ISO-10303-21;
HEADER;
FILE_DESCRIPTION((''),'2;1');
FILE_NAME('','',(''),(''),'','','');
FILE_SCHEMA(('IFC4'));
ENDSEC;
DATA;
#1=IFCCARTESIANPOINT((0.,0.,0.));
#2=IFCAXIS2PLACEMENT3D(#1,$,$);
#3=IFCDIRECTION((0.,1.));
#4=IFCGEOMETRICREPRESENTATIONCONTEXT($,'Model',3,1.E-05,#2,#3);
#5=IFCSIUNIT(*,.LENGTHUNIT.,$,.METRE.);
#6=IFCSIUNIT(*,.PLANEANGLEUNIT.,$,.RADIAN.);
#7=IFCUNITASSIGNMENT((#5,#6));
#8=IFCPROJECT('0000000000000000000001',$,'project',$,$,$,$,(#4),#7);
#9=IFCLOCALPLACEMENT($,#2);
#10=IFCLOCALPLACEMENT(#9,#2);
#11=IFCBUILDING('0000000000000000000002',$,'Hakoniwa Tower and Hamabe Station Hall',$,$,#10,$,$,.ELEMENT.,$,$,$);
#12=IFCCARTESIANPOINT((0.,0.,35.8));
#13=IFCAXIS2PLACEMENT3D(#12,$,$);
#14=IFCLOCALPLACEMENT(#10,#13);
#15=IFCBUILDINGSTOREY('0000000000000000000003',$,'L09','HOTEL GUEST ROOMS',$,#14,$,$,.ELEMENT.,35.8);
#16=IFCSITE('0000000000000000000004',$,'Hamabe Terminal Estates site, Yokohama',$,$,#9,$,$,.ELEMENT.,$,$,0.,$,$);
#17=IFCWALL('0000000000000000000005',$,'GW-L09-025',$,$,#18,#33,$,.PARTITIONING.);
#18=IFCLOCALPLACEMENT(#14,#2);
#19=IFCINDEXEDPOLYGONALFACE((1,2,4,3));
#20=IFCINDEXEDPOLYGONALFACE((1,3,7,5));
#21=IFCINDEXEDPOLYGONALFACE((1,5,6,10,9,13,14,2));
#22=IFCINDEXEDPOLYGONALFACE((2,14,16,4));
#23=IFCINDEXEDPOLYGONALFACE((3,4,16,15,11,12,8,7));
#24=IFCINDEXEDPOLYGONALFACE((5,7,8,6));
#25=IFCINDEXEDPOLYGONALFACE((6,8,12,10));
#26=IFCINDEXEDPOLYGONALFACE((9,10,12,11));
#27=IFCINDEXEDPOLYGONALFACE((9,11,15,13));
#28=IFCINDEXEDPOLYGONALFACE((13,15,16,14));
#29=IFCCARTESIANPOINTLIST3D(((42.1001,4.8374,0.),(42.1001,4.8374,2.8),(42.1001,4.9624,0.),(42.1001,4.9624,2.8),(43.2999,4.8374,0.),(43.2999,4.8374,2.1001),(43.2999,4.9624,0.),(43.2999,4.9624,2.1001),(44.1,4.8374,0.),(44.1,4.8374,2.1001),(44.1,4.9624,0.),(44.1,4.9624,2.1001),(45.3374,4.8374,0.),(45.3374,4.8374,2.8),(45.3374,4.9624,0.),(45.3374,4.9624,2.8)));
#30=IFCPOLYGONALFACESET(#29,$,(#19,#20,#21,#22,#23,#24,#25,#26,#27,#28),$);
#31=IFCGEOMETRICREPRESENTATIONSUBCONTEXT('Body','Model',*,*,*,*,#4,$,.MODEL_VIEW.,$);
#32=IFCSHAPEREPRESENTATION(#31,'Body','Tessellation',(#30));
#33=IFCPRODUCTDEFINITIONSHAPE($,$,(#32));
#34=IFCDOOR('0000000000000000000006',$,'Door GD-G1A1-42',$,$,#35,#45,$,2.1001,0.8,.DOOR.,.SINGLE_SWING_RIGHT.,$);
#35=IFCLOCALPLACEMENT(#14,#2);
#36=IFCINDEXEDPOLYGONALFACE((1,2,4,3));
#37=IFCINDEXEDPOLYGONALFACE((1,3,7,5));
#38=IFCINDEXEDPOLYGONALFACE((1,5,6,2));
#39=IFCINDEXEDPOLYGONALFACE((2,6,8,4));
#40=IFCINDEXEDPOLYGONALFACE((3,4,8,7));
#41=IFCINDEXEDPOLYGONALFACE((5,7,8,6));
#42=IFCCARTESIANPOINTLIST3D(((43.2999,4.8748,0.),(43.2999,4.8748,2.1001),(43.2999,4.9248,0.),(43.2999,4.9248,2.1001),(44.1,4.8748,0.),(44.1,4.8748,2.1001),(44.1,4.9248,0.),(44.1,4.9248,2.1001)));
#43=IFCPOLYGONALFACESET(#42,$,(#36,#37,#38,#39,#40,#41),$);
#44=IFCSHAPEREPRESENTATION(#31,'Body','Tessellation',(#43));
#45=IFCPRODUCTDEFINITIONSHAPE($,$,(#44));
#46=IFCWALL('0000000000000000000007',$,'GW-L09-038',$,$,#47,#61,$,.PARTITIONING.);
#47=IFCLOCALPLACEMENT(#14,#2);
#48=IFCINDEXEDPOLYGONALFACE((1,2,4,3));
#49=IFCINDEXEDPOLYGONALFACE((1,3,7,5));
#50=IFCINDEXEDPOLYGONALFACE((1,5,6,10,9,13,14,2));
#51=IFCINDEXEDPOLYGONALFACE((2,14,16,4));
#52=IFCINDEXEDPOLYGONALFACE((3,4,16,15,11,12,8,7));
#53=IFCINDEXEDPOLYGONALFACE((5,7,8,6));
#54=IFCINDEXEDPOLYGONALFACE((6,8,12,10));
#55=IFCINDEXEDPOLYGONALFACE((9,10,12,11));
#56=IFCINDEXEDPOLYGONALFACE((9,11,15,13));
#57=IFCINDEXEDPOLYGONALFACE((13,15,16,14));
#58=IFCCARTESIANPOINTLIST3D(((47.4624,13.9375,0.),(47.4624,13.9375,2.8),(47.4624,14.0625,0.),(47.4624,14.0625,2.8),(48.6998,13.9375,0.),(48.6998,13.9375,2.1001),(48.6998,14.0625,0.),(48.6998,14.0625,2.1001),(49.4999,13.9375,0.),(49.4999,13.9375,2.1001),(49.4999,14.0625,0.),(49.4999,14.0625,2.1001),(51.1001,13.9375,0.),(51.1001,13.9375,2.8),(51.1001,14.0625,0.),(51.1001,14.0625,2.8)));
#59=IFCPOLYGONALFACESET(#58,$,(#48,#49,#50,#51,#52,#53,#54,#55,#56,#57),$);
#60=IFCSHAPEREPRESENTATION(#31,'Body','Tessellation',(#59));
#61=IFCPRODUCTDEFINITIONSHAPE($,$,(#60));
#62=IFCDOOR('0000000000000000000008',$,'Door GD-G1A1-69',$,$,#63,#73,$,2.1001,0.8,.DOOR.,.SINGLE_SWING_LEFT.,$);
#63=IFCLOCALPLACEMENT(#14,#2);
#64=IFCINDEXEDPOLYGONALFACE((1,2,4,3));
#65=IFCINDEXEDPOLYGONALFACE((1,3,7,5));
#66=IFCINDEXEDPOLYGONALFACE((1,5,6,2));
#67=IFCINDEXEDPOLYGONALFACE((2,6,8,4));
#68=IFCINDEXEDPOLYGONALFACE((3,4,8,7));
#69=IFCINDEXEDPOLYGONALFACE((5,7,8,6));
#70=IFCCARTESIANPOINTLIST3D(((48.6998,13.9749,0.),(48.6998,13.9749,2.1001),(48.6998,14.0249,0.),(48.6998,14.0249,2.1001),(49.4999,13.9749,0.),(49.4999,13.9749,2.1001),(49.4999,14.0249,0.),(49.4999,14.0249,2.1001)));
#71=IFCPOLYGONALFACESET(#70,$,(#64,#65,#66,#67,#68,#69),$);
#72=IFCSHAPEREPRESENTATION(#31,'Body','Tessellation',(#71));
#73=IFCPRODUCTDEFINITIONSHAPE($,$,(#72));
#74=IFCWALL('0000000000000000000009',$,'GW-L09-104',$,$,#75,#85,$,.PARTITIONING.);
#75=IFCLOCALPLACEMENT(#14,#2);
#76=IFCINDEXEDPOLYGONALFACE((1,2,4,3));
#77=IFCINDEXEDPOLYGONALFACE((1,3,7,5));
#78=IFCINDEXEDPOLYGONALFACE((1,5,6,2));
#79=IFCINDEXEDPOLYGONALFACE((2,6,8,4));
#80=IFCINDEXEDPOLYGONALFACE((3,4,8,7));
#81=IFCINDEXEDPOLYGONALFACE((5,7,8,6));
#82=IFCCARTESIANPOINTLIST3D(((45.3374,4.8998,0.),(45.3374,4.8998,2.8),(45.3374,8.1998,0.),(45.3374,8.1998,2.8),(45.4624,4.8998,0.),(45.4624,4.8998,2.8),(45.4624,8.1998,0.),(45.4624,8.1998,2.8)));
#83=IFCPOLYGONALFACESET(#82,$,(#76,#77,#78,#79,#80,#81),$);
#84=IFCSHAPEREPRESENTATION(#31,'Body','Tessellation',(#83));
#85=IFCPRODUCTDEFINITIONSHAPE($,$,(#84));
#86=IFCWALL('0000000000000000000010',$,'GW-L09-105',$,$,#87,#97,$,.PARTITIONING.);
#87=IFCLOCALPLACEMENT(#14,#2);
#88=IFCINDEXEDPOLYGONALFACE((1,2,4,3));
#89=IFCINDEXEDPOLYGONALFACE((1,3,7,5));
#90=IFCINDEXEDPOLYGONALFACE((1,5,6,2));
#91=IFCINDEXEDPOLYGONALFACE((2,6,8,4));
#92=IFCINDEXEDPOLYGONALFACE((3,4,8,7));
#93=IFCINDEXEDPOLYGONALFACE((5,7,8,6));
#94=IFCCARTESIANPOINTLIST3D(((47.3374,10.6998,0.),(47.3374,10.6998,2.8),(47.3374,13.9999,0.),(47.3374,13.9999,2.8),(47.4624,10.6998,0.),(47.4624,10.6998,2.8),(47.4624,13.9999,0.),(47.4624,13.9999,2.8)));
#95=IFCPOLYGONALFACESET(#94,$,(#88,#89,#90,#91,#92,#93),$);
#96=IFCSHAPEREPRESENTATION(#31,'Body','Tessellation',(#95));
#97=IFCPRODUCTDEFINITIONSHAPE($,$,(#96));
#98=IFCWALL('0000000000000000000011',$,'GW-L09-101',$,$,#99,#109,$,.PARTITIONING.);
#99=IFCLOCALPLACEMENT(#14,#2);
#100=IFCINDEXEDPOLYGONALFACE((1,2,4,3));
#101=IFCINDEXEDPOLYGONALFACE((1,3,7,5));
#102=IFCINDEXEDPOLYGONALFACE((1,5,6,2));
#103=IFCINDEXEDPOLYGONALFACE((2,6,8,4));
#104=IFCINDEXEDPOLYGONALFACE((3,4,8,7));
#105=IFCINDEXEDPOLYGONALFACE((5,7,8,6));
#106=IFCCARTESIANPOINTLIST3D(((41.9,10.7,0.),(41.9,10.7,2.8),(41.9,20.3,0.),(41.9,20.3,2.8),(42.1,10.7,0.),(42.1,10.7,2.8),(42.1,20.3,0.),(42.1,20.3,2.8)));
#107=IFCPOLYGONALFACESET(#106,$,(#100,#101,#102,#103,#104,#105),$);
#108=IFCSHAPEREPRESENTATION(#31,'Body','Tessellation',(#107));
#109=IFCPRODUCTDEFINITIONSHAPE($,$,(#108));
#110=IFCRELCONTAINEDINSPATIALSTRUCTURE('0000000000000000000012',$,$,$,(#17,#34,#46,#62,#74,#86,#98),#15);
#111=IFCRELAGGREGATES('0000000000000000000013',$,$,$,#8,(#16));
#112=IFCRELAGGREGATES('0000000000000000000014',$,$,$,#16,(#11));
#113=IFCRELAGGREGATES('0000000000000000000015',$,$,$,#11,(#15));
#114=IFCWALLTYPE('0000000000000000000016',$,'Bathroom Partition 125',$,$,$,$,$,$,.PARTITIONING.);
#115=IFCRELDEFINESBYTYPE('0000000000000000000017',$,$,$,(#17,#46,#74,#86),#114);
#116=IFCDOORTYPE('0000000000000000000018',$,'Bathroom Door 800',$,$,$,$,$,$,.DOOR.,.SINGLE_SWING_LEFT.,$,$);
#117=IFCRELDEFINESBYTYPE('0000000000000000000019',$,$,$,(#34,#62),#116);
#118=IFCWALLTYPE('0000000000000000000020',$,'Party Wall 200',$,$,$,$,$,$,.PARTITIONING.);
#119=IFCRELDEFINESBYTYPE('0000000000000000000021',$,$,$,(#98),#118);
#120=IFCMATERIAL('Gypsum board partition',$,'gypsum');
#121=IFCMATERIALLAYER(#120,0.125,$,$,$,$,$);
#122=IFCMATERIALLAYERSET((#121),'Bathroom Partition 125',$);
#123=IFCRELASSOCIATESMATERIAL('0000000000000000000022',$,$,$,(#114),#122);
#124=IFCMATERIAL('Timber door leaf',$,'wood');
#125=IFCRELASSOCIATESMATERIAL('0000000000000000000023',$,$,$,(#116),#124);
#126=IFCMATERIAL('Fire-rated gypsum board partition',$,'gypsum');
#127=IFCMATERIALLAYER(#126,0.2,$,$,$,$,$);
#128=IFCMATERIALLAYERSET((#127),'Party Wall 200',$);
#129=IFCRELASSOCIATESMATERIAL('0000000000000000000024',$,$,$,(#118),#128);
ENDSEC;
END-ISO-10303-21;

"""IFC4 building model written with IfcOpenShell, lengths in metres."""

from ifc_helpers import new_model, si_unit, direction, frame, frame_2d, origin, place, context, subcontext, project, spatial, rectangle, extrude, material, layer, layer_set, type_object, element, fill, save


model = new_model("IFC4")

# Units and contexts
model_context = context("Model", 3, precision=1e-05, world=origin(), true_north=direction((0.0, 1.0)))
body_context = subcontext(model_context, "Body", "Model", "MODEL_VIEW")
ifc_project = project(units=[si_unit("LENGTHUNIT", "METRE"), si_unit("PLANEANGLEUNIT", "RADIAN")], contexts=[model_context])

# Site, building, storey
site_placement = place(None, origin())
site = spatial("IfcSite", under=ifc_project, at=site_placement, Name="Hamabe Terminal Estates site, Yokohama", CompositionType="ELEMENT", RefElevation=0.0)
building_placement = place(site_placement, origin())
building = spatial("IfcBuilding", under=site, at=building_placement, Name="Hakoniwa Tower and Hamabe Station Hall", CompositionType="ELEMENT")
storey_placement = place(building_placement, frame((0.0, 0.0, 35.8)))
storey = spatial("IfcBuildingStorey", under=building, at=storey_placement, Name="L09", Description="HOTEL GUEST ROOMS", CompositionType="ELEMENT", Elevation=35.8)

# Walls, openings, doors
ifc_material_1 = material(Name="Gypsum board partition", Category="gypsum")
ifc_layer_1 = layer(ifc_material_1, 0.125)
ifc_layer_set_1 = layer_set([ifc_layer_1], Name="Bathroom Partition 125")
wall_type_1 = type_object("IfcWallType", Name="Bathroom Partition 125", PredefinedType="PARTITIONING", material=ifc_layer_set_1)
wall_1_placement = place(storey_placement, frame((42.1001, 4.8999, 0.0), z_axis=(0.0, 0.0, 1.0), x_axis=(1.0, 0.0, 0.0)))
wall_1 = element("IfcWall", 1, at=wall_1_placement, inside=storey, type_object=wall_type_1, Name="GW-L09-025", PredefinedType="PARTITIONING", context=body_context, shape_type="SweptSolid", body=[
    extrude(rectangle(XDim=3.2373, YDim=0.125, at=frame_2d((1.6187, 0.0))), origin(), (0.0, 0.0, 1.0), 2.8),
])
opening_1_placement = place(wall_1_placement, frame((1.2, 0.0, 0.0)))
opening_1 = element("IfcOpeningElement", 2, at=opening_1_placement, cuts=wall_1, PredefinedType="OPENING", context=body_context, shape_type="SweptSolid", body=[
    extrude(rectangle(XDim=0.8, YDim=2.1001, at=frame_2d((0.3999, 1.05))), frame((0.0, 0.0725, 0.0), z_axis=(0.0, -1.0, 0.0), x_axis=(1.0, 0.0, 0.0)), (0.0, 0.0, 1.0), 0.145),
])
ifc_material_2 = material(Name="Timber door leaf", Category="wood")
door_type = type_object("IfcDoorType", Name="Bathroom Door 800", OperationType="SINGLE_SWING_LEFT", PredefinedType="DOOR", material=ifc_material_2)
door_1_placement = place(opening_1_placement, origin())
door_1 = element("IfcDoor", 3, at=door_1_placement, inside=storey, type_object=door_type, Name="Door GD-G1A1-42", OperationType="SINGLE_SWING_RIGHT", OverallHeight=2.1001, OverallWidth=0.8, PredefinedType="DOOR", context=body_context, shape_type="SweptSolid", body=[
    extrude(rectangle(XDim=0.8, YDim=2.1001, at=frame_2d((0.3999, 1.05))), frame((0.0, 0.0249, 0.0), z_axis=(0.0, -1.0, 0.0), x_axis=(1.0, 0.0, 0.0)), (0.0, 0.0, 1.0), 0.05),
])
fill(opening_1, door_1)
wall_2_placement = place(storey_placement, frame((47.4624, 14.0, 0.0), z_axis=(0.0, 0.0, 1.0), x_axis=(1.0, 0.0, 0.0)))
wall_2 = element("IfcWall", 4, at=wall_2_placement, inside=storey, type_object=wall_type_1, Name="GW-L09-038", PredefinedType="PARTITIONING", context=body_context, shape_type="SweptSolid", body=[
    extrude(rectangle(XDim=3.6377, YDim=0.125, at=frame_2d((1.8188, 0.0))), origin(), (0.0, 0.0, 1.0), 2.8),
])
opening_2_placement = place(wall_2_placement, frame((1.2375, 0.0, 0.0)))
opening_2 = element("IfcOpeningElement", 5, at=opening_2_placement, cuts=wall_2, PredefinedType="OPENING", context=body_context, shape_type="SweptSolid", body=[
    extrude(rectangle(XDim=0.8, YDim=2.1001, at=frame_2d((0.3999, 1.05))), frame((0.0, 0.0725, 0.0), z_axis=(0.0, -1.0, 0.0), x_axis=(1.0, 0.0, 0.0)), (0.0, 0.0, 1.0), 0.145),
])
door_2_placement = place(opening_2_placement, origin())
door_2 = element("IfcDoor", 6, at=door_2_placement, inside=storey, type_object=door_type, Name="Door GD-G1A1-69", OperationType="SINGLE_SWING_LEFT", OverallHeight=2.1001, OverallWidth=0.8, PredefinedType="DOOR", context=body_context, shape_type="SweptSolid", body=[
    extrude(rectangle(XDim=0.8, YDim=2.1001, at=frame_2d((0.3999, 1.05))), frame((0.0, 0.0249, 0.0), z_axis=(0.0, -1.0, 0.0), x_axis=(1.0, 0.0, 0.0)), (0.0, 0.0, 1.0), 0.05),
])
fill(opening_2, door_2)

# Walls
for number, where, z_axis, x_axis, name in (
    (7, (45.3999, 4.8999, 0.0), (0.0, 0.0, 1.0), (0.0, 1.0, 0.0), "GW-L09-104"),
    (8, (47.3999, 10.7, 0.0), (0.0, 0.0, 1.0), (0.0, 1.0, 0.0), "GW-L09-105"),
):
    element("IfcWall", number, at=place(storey_placement, frame(where, z_axis=z_axis, x_axis=x_axis)), inside=storey, type_object=wall_type_1, Name=name, PredefinedType="PARTITIONING", context=body_context, shape_type="SweptSolid", body=[
        extrude(rectangle(XDim=3.3, YDim=0.125, at=frame_2d((1.6499, 0.0))), origin(), (0.0, 0.0, 1.0), 2.8),
    ])
ifc_material_3 = material(Name="Fire-rated gypsum board partition", Category="gypsum")
ifc_layer_2 = layer(ifc_material_3, 0.2)
ifc_layer_set_2 = layer_set([ifc_layer_2], Name="Party Wall 200")
wall_type_2 = type_object("IfcWallType", Name="Party Wall 200", PredefinedType="PARTITIONING", material=ifc_layer_set_2)
wall_3_placement = place(storey_placement, frame((42.0, 10.7, 0.0), z_axis=(0.0, 0.0, 1.0), x_axis=(0.0, 1.0, 0.0)))
element("IfcWall", 9, at=wall_3_placement, inside=storey, type_object=wall_type_2, Name="GW-L09-101", PredefinedType="PARTITIONING", context=body_context, shape_type="SweptSolid", body=[
    extrude(rectangle(XDim=9.6001, YDim=0.2, at=frame_2d((4.8, 0.0))), origin(), (0.0, 0.0, 1.0), 2.8),
])

save(model, "model.ifc")
